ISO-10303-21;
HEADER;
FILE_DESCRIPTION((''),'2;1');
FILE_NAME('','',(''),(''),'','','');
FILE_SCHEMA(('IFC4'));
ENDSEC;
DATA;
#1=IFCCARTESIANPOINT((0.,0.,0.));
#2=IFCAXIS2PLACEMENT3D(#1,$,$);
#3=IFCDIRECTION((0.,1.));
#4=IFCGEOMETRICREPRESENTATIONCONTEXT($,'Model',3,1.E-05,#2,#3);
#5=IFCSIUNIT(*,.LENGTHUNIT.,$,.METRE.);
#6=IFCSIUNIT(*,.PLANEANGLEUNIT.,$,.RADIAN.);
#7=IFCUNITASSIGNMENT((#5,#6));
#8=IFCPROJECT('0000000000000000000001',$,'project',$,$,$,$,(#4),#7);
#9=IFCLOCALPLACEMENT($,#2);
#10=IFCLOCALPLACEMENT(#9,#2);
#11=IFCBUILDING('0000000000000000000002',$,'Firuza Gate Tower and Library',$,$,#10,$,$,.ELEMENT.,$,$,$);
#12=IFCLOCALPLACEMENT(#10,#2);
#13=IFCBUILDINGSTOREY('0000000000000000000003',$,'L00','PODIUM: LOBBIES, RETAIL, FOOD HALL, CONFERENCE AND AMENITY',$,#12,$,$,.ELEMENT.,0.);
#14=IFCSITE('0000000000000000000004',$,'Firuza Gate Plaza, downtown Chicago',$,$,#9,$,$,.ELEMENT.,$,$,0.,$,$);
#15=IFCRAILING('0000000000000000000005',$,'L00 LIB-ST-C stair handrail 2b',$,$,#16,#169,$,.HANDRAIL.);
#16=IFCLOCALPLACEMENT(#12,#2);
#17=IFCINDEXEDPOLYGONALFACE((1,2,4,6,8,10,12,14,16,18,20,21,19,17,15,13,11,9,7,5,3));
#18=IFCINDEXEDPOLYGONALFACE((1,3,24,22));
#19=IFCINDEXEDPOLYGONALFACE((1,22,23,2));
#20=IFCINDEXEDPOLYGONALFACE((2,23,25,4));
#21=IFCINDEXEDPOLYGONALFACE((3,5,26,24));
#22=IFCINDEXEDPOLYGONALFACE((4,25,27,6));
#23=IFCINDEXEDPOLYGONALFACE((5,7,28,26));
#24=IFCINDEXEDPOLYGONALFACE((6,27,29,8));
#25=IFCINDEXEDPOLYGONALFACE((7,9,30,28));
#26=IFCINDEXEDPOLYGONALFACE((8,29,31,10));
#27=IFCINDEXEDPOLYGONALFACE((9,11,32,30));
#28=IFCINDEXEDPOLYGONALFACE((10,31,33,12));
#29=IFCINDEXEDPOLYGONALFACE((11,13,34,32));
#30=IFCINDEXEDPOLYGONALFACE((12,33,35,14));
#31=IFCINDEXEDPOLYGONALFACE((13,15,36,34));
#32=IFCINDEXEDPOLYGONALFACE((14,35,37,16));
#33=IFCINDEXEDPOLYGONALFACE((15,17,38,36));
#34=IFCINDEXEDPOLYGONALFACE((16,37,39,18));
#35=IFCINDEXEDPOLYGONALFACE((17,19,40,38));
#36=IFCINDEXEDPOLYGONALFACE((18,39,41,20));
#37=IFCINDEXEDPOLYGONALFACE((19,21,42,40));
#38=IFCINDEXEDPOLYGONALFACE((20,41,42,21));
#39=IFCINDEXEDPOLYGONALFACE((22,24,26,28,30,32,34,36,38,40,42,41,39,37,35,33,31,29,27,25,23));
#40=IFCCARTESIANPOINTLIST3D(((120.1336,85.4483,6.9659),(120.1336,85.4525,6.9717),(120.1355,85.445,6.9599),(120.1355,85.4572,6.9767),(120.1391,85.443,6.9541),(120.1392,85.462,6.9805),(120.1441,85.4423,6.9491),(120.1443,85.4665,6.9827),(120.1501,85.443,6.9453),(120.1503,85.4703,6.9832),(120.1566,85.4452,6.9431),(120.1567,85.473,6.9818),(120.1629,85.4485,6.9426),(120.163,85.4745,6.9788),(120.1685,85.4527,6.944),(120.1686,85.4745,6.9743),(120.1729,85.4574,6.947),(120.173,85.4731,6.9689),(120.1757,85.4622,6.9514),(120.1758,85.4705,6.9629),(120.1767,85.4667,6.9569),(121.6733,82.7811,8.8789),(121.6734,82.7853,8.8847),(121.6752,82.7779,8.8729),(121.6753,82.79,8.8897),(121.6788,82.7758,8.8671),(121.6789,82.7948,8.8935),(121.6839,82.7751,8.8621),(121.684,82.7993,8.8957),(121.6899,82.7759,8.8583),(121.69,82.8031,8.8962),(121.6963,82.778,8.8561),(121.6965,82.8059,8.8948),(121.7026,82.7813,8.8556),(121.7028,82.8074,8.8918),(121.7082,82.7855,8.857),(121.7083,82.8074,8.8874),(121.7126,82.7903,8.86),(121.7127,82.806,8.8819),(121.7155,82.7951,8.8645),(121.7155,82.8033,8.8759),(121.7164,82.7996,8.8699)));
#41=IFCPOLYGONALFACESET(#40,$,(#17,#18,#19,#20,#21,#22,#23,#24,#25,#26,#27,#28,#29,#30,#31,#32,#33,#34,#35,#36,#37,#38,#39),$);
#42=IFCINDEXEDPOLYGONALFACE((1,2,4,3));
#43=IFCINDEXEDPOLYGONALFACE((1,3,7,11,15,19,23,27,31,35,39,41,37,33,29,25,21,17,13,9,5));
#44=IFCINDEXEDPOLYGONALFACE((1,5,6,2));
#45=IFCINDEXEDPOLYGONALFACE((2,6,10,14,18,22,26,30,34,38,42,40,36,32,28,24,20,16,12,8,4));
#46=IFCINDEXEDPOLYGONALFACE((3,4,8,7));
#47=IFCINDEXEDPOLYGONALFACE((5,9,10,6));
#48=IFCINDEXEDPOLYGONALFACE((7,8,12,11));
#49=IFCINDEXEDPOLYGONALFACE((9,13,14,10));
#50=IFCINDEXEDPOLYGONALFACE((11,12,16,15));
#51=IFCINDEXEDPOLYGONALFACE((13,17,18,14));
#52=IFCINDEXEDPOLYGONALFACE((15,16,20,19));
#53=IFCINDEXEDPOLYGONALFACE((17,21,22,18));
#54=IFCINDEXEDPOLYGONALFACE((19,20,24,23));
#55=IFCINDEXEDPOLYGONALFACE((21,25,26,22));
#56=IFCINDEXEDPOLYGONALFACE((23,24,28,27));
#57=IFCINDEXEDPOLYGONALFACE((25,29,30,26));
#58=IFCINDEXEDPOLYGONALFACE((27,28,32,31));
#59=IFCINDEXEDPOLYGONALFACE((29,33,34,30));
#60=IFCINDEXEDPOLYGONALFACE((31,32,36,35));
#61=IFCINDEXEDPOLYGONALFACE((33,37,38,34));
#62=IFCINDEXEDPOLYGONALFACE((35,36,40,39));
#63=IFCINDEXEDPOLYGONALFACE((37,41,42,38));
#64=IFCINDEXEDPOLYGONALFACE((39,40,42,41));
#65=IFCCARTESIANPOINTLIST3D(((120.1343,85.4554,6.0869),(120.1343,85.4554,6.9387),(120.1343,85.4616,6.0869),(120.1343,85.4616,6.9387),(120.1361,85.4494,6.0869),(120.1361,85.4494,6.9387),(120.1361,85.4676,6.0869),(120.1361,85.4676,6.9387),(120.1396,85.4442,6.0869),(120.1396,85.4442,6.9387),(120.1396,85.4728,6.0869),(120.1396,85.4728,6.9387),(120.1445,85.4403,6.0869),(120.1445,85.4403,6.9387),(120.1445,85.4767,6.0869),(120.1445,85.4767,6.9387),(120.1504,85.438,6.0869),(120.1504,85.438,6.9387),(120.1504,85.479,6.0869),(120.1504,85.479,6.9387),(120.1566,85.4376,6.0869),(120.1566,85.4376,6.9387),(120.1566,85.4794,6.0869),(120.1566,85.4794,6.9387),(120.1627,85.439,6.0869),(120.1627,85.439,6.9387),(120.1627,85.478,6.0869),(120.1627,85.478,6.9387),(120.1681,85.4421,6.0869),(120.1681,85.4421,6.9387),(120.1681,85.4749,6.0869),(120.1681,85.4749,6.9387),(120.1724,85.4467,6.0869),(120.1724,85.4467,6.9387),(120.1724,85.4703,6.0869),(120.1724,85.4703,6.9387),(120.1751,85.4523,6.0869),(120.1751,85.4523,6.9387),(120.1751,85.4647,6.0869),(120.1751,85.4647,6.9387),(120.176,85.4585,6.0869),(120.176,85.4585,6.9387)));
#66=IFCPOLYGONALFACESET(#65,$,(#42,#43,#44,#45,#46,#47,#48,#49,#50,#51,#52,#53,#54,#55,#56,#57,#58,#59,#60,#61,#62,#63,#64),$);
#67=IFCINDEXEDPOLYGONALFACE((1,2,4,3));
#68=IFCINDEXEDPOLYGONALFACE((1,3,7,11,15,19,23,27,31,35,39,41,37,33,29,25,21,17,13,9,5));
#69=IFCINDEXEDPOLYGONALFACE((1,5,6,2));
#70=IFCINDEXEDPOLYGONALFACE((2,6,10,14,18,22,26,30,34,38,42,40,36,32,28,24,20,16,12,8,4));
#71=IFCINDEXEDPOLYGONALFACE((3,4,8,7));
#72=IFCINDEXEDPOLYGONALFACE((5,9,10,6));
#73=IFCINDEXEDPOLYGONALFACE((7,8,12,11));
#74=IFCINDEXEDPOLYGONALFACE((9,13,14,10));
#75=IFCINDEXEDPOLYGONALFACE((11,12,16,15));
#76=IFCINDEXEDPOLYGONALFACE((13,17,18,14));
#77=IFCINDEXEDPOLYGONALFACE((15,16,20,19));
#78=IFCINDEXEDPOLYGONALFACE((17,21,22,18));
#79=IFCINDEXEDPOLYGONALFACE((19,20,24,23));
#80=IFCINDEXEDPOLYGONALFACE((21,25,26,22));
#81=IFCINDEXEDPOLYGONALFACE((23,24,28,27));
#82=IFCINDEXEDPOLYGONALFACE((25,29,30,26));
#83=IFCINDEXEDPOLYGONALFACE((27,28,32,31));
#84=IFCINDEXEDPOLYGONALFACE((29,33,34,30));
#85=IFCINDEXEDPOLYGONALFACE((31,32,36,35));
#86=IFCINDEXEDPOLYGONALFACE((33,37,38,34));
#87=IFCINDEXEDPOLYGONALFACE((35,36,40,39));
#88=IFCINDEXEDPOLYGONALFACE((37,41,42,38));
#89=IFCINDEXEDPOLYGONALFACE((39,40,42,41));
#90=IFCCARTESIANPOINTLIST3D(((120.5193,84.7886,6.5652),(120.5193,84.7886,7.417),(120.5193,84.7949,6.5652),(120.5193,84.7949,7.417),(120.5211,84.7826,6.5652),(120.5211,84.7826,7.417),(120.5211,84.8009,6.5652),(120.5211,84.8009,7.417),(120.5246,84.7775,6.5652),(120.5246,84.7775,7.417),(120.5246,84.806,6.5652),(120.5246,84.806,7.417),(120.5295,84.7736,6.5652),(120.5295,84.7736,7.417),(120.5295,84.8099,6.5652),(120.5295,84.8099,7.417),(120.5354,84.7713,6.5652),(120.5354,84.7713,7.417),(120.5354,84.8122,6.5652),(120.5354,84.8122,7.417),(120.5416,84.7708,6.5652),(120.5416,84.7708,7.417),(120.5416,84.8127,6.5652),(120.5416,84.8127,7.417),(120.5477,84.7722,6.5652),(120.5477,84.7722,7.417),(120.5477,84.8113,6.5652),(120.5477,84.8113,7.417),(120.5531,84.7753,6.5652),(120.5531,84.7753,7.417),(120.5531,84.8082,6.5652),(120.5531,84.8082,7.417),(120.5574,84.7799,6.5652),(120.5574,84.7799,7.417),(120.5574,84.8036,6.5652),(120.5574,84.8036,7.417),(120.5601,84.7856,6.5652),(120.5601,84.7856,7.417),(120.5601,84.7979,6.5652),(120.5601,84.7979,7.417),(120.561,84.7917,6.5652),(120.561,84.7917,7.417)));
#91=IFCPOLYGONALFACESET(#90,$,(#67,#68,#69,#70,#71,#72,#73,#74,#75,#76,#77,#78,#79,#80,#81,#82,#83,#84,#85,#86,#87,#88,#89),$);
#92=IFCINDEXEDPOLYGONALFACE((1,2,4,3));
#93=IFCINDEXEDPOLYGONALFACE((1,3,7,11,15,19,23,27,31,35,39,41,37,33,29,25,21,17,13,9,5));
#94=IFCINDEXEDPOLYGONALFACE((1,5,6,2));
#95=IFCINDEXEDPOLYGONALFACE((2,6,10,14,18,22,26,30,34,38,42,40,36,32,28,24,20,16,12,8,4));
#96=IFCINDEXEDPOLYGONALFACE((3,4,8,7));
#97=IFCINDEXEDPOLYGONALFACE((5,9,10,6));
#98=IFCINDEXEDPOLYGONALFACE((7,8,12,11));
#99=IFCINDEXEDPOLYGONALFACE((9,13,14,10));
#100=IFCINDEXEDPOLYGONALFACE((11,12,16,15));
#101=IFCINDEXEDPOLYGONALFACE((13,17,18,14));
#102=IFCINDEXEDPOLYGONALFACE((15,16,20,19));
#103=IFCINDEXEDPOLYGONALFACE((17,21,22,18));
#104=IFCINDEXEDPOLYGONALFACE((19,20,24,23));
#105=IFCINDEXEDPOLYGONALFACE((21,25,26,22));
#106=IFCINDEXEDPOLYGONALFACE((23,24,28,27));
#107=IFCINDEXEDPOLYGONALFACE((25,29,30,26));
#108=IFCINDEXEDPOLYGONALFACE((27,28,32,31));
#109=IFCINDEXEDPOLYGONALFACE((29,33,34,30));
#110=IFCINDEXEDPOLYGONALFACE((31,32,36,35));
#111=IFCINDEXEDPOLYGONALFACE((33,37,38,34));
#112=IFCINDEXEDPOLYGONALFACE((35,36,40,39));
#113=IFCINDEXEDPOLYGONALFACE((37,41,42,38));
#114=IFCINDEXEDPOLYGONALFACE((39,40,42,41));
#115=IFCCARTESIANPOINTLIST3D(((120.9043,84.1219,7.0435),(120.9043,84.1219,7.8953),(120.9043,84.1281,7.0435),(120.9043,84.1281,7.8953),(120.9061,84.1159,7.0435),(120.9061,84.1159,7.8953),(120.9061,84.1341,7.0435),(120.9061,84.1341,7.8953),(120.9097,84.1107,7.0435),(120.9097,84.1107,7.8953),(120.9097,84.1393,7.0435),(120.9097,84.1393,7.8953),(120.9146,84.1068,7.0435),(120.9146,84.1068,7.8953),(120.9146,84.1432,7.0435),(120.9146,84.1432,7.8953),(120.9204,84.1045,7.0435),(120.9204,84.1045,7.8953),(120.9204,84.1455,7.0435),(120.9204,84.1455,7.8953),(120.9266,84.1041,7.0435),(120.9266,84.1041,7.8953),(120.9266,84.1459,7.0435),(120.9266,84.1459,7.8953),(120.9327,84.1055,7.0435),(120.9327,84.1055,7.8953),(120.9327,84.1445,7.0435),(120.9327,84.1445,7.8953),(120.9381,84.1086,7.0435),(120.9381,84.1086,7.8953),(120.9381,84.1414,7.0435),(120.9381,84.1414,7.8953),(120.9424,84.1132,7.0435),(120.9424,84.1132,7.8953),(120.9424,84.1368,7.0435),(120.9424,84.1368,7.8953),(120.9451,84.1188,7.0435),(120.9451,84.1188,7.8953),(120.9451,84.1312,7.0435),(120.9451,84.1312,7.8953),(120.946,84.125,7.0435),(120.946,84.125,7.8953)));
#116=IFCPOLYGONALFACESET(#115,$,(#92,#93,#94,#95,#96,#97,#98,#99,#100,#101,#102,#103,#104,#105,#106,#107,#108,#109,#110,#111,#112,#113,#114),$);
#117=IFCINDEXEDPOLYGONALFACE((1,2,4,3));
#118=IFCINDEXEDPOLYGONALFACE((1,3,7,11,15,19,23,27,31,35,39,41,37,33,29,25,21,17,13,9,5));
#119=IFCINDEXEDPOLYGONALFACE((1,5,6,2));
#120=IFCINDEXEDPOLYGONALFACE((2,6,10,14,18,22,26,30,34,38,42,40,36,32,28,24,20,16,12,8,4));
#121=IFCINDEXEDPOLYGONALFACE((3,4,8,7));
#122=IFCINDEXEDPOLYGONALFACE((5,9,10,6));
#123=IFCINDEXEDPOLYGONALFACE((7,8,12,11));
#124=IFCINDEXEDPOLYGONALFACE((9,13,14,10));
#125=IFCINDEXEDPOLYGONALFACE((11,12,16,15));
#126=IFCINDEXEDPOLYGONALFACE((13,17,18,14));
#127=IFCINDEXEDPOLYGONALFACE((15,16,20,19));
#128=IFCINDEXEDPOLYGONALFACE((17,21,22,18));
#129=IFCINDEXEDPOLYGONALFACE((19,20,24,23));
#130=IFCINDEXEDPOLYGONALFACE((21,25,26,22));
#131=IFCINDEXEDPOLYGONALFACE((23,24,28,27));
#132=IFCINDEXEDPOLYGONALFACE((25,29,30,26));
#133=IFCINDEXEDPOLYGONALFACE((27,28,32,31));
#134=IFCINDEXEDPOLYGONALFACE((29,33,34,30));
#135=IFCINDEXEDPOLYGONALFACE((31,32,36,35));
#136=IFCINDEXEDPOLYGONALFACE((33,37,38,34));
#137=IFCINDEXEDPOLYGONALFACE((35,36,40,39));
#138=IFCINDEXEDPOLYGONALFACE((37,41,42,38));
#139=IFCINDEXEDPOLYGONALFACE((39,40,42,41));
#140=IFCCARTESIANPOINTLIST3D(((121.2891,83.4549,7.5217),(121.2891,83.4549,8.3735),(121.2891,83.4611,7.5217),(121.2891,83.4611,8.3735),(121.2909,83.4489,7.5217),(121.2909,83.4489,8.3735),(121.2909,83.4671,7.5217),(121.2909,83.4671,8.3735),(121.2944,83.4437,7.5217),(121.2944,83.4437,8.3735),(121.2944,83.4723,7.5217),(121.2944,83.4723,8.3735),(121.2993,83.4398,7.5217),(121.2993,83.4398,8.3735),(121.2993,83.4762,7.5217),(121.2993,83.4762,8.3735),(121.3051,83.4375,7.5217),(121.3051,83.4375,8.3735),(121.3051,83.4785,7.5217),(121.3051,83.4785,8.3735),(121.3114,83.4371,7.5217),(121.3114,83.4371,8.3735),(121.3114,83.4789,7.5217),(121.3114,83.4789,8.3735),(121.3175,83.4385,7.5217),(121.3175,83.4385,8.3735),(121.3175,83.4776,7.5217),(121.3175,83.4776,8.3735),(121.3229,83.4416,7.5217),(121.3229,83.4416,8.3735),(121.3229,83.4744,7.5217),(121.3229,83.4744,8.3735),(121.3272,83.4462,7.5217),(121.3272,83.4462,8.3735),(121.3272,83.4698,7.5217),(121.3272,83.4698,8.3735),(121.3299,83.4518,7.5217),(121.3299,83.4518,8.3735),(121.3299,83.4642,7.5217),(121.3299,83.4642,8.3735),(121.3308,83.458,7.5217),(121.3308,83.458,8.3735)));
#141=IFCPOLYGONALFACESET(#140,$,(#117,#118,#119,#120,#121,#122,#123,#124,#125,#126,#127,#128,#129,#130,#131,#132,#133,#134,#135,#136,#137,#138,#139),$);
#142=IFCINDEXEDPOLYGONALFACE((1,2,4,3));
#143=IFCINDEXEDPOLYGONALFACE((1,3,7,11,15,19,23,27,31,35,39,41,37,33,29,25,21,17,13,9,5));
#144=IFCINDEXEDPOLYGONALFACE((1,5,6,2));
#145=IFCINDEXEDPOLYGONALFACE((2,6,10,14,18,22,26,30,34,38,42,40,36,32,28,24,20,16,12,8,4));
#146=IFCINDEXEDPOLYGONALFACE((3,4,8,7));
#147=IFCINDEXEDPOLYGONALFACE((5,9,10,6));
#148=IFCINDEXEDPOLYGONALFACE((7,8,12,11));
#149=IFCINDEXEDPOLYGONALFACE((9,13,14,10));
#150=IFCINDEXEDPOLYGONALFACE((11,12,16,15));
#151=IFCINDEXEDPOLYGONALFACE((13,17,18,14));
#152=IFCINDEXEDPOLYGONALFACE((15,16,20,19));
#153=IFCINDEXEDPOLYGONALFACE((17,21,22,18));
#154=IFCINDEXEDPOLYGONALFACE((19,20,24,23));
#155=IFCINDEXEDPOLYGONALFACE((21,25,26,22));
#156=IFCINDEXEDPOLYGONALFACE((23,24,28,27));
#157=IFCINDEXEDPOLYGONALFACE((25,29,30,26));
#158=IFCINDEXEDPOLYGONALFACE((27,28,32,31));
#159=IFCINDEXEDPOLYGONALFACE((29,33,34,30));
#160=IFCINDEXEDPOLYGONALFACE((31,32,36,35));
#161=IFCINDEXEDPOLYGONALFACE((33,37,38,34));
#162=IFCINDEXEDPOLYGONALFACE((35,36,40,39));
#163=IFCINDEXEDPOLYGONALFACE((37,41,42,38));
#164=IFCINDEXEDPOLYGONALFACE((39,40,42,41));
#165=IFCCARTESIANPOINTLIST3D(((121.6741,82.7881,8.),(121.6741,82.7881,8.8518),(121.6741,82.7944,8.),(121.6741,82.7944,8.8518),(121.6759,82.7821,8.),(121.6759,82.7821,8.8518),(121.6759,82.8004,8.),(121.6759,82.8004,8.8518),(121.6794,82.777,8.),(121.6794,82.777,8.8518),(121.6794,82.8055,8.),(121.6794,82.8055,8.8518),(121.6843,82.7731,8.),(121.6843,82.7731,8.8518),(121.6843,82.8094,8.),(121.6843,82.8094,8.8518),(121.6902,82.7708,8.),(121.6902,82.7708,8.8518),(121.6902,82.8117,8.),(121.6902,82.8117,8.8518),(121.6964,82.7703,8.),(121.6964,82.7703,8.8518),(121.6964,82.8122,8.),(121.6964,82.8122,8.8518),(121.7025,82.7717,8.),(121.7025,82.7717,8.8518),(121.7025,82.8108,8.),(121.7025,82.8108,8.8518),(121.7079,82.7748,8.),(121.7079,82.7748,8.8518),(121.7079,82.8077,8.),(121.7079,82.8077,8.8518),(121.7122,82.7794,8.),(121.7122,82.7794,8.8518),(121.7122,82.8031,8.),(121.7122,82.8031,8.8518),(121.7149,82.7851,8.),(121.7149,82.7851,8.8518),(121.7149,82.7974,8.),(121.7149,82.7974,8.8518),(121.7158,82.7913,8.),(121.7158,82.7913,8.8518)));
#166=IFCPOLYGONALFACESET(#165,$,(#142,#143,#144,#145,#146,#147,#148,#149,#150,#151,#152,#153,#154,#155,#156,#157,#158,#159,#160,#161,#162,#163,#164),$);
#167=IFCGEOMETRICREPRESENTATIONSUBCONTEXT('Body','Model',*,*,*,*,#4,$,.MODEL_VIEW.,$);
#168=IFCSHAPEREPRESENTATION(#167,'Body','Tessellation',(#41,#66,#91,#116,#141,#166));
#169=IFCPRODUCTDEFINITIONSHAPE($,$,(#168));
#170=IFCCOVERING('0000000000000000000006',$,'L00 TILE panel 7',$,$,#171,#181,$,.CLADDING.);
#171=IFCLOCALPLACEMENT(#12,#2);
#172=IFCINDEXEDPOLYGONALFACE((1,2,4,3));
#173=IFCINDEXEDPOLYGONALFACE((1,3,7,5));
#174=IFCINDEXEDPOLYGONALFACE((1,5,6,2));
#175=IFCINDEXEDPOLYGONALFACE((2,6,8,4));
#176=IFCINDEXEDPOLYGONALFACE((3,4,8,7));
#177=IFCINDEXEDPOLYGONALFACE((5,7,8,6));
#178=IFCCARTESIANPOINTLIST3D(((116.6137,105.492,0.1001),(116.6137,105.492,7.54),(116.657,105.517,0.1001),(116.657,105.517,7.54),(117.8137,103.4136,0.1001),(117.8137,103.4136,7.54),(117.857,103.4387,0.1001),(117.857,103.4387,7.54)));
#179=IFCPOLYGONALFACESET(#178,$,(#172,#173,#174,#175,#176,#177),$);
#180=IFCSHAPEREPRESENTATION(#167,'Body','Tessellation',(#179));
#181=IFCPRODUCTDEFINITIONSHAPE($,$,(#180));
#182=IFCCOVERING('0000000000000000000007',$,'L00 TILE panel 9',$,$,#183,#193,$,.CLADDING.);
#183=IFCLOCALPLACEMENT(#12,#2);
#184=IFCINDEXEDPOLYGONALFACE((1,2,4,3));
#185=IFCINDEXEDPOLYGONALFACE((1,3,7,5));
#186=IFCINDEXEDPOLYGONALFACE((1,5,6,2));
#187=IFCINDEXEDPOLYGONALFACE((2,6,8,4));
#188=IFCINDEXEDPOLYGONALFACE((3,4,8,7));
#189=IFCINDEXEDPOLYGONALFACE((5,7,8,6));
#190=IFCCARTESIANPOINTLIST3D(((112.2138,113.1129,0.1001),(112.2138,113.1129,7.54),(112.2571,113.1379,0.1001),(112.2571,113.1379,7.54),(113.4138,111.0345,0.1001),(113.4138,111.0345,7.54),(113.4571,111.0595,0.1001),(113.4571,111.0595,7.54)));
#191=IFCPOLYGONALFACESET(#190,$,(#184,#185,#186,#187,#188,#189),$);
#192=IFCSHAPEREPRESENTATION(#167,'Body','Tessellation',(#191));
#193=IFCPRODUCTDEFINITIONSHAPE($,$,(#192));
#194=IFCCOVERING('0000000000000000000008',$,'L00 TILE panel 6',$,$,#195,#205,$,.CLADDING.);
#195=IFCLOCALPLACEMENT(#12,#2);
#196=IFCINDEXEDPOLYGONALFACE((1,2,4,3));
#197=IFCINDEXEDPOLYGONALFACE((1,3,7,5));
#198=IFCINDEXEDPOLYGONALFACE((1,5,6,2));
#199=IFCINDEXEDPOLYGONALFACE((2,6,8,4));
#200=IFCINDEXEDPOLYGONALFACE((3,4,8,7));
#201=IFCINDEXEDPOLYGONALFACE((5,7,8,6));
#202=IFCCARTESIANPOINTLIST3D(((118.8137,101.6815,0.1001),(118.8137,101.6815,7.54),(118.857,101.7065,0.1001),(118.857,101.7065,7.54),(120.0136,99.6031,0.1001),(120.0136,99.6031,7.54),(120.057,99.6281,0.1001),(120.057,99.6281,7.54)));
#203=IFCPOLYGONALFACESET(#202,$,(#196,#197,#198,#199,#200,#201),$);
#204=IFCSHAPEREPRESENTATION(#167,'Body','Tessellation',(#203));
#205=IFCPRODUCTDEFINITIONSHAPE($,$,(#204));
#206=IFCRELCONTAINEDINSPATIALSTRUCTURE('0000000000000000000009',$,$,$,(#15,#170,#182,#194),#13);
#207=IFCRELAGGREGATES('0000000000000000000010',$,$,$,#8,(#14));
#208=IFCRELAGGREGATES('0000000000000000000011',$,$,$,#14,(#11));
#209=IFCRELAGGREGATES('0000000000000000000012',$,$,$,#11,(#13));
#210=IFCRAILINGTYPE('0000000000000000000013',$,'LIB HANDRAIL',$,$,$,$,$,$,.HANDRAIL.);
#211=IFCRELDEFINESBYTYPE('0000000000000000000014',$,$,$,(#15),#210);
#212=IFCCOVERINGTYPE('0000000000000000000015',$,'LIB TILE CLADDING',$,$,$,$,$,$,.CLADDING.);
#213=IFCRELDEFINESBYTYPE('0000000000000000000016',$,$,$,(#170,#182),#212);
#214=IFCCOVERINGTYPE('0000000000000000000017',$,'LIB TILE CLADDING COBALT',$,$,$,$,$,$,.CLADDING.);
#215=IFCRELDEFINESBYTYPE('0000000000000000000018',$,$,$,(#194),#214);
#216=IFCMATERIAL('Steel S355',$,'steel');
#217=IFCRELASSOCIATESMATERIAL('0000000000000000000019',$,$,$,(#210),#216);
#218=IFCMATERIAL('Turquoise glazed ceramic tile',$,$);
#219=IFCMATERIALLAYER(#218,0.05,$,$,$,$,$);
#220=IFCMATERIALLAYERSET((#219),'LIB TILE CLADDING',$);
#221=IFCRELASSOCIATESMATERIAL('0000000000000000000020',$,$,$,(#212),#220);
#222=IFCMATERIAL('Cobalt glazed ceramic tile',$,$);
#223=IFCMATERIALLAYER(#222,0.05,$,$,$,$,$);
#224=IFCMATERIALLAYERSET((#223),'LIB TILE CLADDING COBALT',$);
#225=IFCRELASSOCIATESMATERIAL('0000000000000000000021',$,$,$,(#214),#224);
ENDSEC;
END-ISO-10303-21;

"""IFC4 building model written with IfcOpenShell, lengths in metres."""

from ifc_helpers import new_model, si_unit, direction, frame, origin, origin_2d, place, context, subcontext, project, spatial, rectangle, circle, extrude, material, layer, layer_set, type_object, element, save


model = new_model("IFC4")

# Units and contexts
model_context = context("Model", 3, precision=1e-05, world=origin(), true_north=direction((0.0, 1.0)))
body_context = subcontext(model_context, "Body", "Model", "MODEL_VIEW")
ifc_project = project(units=[si_unit("LENGTHUNIT", "METRE"), si_unit("PLANEANGLEUNIT", "RADIAN")], contexts=[model_context])

# Site, building, storey
site_placement = place(None, origin())
site = spatial("IfcSite", under=ifc_project, at=site_placement, Name="Firuza Gate Plaza, downtown Chicago", CompositionType="ELEMENT", RefElevation=0.0)
building_placement = place(site_placement, origin())
building = spatial("IfcBuilding", under=site, at=building_placement, Name="Firuza Gate Tower and Library", CompositionType="ELEMENT")
storey_placement = place(building_placement, origin())
storey = spatial("IfcBuildingStorey", under=building, at=storey_placement, Name="L00", Description="PODIUM: LOBBIES, RETAIL, FOOD HALL, CONFERENCE AND AMENITY", CompositionType="ELEMENT", Elevation=0.0)

# Railing
ifc_material_1 = material(Name="Steel S355", Category="steel")
railing_type_1 = type_object("IfcRailingType", Name="LIB HANDRAIL", PredefinedType="HANDRAIL", material=ifc_material_1)
railing_1_placement = place(storey_placement, frame((120.155, 85.4585, 6.0869)))
element("IfcRailing", 1, at=railing_1_placement, inside=storey, type_object=railing_type_1, Name="L00 LIB-ST-C stair handrail 2b", PredefinedType="HANDRAIL", context=body_context, shape_type="SweptSolid", body=[
    extrude(circle(Radius=0.0239, at=origin_2d()), frame((0.0, 0.0, 0.876), z_axis=(0.4247, -0.735666, 0.52766), x_axis=(0.866044, 0.499967, 0.0)), (0.0, 0.0, 1.0), 3.6255),
    extrude(circle(Radius=0.021, at=origin_2d()), origin(), (0.0, 0.0, 1.0), 0.8518),
    extrude(circle(Radius=0.021, at=origin_2d()), frame((0.385, -0.6667, 0.4783)), (0.0, 0.0, 1.0), 0.8518),
    extrude(circle(Radius=0.021, at=origin_2d()), frame((0.77, -1.3335, 0.9565)), (0.0, 0.0, 1.0), 0.8518),
    extrude(circle(Radius=0.021, at=origin_2d()), frame((1.1548, -2.0005, 1.4348)), (0.0, 0.0, 1.0), 0.8518),
    extrude(circle(Radius=0.021, at=origin_2d()), frame((1.5398, -2.6672, 1.9131)), (0.0, 0.0, 1.0), 0.8518),
])

# Coverings
ifc_material_2 = material(Name="Turquoise glazed ceramic tile")
ifc_layer_1 = layer(ifc_material_2, 0.05)
ifc_layer_set_1 = layer_set([ifc_layer_1], Name="LIB TILE CLADDING")
covering_type_1 = type_object("IfcCoveringType", Name="LIB TILE CLADDING", PredefinedType="CLADDING", material=ifc_layer_set_1)
for number, where, z_axis, x_axis, name in (
    (2, (117.2354, 104.4653, 0.1001), (0.0, 0.0, 1.0), (-0.5, 0.866025, 0.0), "L00 TILE panel 7"),
    (3, (112.8354, 112.0862, 0.1001), (0.0, 0.0, 1.0), (-0.5, 0.866025, 0.0), "L00 TILE panel 9"),
):
    element("IfcCovering", number, at=place(storey_placement, frame(where, z_axis=z_axis, x_axis=x_axis)), inside=storey, type_object=covering_type_1, Name=name, PredefinedType="CLADDING", context=body_context, shape_type="SweptSolid", body=[
        extrude(rectangle(XDim=2.3999, YDim=0.05, at=origin_2d()), origin(), (0.0, 0.0, 1.0), 7.4399),
    ])
ifc_material_3 = material(Name="Cobalt glazed ceramic tile")
ifc_layer_2 = layer(ifc_material_3, 0.05)
ifc_layer_set_2 = layer_set([ifc_layer_2], Name="LIB TILE CLADDING COBALT")
covering_type_2 = type_object("IfcCoveringType", Name="LIB TILE CLADDING COBALT", PredefinedType="CLADDING", material=ifc_layer_set_2)
for number, where, z_axis, x_axis, name in (
    (4, (119.4353, 100.6548, 0.1001), (0.0, 0.0, 1.0), (-0.5, 0.866025, 0.0), "L00 TILE panel 6"),
):
    element("IfcCovering", number, at=place(storey_placement, frame(where, z_axis=z_axis, x_axis=x_axis)), inside=storey, type_object=covering_type_2, Name=name, PredefinedType="CLADDING", context=body_context, shape_type="SweptSolid", body=[
        extrude(rectangle(XDim=2.3999, YDim=0.05, at=origin_2d()), origin(), (0.0, 0.0, 1.0), 7.4399),
    ])

save(model, "model.ifc")
